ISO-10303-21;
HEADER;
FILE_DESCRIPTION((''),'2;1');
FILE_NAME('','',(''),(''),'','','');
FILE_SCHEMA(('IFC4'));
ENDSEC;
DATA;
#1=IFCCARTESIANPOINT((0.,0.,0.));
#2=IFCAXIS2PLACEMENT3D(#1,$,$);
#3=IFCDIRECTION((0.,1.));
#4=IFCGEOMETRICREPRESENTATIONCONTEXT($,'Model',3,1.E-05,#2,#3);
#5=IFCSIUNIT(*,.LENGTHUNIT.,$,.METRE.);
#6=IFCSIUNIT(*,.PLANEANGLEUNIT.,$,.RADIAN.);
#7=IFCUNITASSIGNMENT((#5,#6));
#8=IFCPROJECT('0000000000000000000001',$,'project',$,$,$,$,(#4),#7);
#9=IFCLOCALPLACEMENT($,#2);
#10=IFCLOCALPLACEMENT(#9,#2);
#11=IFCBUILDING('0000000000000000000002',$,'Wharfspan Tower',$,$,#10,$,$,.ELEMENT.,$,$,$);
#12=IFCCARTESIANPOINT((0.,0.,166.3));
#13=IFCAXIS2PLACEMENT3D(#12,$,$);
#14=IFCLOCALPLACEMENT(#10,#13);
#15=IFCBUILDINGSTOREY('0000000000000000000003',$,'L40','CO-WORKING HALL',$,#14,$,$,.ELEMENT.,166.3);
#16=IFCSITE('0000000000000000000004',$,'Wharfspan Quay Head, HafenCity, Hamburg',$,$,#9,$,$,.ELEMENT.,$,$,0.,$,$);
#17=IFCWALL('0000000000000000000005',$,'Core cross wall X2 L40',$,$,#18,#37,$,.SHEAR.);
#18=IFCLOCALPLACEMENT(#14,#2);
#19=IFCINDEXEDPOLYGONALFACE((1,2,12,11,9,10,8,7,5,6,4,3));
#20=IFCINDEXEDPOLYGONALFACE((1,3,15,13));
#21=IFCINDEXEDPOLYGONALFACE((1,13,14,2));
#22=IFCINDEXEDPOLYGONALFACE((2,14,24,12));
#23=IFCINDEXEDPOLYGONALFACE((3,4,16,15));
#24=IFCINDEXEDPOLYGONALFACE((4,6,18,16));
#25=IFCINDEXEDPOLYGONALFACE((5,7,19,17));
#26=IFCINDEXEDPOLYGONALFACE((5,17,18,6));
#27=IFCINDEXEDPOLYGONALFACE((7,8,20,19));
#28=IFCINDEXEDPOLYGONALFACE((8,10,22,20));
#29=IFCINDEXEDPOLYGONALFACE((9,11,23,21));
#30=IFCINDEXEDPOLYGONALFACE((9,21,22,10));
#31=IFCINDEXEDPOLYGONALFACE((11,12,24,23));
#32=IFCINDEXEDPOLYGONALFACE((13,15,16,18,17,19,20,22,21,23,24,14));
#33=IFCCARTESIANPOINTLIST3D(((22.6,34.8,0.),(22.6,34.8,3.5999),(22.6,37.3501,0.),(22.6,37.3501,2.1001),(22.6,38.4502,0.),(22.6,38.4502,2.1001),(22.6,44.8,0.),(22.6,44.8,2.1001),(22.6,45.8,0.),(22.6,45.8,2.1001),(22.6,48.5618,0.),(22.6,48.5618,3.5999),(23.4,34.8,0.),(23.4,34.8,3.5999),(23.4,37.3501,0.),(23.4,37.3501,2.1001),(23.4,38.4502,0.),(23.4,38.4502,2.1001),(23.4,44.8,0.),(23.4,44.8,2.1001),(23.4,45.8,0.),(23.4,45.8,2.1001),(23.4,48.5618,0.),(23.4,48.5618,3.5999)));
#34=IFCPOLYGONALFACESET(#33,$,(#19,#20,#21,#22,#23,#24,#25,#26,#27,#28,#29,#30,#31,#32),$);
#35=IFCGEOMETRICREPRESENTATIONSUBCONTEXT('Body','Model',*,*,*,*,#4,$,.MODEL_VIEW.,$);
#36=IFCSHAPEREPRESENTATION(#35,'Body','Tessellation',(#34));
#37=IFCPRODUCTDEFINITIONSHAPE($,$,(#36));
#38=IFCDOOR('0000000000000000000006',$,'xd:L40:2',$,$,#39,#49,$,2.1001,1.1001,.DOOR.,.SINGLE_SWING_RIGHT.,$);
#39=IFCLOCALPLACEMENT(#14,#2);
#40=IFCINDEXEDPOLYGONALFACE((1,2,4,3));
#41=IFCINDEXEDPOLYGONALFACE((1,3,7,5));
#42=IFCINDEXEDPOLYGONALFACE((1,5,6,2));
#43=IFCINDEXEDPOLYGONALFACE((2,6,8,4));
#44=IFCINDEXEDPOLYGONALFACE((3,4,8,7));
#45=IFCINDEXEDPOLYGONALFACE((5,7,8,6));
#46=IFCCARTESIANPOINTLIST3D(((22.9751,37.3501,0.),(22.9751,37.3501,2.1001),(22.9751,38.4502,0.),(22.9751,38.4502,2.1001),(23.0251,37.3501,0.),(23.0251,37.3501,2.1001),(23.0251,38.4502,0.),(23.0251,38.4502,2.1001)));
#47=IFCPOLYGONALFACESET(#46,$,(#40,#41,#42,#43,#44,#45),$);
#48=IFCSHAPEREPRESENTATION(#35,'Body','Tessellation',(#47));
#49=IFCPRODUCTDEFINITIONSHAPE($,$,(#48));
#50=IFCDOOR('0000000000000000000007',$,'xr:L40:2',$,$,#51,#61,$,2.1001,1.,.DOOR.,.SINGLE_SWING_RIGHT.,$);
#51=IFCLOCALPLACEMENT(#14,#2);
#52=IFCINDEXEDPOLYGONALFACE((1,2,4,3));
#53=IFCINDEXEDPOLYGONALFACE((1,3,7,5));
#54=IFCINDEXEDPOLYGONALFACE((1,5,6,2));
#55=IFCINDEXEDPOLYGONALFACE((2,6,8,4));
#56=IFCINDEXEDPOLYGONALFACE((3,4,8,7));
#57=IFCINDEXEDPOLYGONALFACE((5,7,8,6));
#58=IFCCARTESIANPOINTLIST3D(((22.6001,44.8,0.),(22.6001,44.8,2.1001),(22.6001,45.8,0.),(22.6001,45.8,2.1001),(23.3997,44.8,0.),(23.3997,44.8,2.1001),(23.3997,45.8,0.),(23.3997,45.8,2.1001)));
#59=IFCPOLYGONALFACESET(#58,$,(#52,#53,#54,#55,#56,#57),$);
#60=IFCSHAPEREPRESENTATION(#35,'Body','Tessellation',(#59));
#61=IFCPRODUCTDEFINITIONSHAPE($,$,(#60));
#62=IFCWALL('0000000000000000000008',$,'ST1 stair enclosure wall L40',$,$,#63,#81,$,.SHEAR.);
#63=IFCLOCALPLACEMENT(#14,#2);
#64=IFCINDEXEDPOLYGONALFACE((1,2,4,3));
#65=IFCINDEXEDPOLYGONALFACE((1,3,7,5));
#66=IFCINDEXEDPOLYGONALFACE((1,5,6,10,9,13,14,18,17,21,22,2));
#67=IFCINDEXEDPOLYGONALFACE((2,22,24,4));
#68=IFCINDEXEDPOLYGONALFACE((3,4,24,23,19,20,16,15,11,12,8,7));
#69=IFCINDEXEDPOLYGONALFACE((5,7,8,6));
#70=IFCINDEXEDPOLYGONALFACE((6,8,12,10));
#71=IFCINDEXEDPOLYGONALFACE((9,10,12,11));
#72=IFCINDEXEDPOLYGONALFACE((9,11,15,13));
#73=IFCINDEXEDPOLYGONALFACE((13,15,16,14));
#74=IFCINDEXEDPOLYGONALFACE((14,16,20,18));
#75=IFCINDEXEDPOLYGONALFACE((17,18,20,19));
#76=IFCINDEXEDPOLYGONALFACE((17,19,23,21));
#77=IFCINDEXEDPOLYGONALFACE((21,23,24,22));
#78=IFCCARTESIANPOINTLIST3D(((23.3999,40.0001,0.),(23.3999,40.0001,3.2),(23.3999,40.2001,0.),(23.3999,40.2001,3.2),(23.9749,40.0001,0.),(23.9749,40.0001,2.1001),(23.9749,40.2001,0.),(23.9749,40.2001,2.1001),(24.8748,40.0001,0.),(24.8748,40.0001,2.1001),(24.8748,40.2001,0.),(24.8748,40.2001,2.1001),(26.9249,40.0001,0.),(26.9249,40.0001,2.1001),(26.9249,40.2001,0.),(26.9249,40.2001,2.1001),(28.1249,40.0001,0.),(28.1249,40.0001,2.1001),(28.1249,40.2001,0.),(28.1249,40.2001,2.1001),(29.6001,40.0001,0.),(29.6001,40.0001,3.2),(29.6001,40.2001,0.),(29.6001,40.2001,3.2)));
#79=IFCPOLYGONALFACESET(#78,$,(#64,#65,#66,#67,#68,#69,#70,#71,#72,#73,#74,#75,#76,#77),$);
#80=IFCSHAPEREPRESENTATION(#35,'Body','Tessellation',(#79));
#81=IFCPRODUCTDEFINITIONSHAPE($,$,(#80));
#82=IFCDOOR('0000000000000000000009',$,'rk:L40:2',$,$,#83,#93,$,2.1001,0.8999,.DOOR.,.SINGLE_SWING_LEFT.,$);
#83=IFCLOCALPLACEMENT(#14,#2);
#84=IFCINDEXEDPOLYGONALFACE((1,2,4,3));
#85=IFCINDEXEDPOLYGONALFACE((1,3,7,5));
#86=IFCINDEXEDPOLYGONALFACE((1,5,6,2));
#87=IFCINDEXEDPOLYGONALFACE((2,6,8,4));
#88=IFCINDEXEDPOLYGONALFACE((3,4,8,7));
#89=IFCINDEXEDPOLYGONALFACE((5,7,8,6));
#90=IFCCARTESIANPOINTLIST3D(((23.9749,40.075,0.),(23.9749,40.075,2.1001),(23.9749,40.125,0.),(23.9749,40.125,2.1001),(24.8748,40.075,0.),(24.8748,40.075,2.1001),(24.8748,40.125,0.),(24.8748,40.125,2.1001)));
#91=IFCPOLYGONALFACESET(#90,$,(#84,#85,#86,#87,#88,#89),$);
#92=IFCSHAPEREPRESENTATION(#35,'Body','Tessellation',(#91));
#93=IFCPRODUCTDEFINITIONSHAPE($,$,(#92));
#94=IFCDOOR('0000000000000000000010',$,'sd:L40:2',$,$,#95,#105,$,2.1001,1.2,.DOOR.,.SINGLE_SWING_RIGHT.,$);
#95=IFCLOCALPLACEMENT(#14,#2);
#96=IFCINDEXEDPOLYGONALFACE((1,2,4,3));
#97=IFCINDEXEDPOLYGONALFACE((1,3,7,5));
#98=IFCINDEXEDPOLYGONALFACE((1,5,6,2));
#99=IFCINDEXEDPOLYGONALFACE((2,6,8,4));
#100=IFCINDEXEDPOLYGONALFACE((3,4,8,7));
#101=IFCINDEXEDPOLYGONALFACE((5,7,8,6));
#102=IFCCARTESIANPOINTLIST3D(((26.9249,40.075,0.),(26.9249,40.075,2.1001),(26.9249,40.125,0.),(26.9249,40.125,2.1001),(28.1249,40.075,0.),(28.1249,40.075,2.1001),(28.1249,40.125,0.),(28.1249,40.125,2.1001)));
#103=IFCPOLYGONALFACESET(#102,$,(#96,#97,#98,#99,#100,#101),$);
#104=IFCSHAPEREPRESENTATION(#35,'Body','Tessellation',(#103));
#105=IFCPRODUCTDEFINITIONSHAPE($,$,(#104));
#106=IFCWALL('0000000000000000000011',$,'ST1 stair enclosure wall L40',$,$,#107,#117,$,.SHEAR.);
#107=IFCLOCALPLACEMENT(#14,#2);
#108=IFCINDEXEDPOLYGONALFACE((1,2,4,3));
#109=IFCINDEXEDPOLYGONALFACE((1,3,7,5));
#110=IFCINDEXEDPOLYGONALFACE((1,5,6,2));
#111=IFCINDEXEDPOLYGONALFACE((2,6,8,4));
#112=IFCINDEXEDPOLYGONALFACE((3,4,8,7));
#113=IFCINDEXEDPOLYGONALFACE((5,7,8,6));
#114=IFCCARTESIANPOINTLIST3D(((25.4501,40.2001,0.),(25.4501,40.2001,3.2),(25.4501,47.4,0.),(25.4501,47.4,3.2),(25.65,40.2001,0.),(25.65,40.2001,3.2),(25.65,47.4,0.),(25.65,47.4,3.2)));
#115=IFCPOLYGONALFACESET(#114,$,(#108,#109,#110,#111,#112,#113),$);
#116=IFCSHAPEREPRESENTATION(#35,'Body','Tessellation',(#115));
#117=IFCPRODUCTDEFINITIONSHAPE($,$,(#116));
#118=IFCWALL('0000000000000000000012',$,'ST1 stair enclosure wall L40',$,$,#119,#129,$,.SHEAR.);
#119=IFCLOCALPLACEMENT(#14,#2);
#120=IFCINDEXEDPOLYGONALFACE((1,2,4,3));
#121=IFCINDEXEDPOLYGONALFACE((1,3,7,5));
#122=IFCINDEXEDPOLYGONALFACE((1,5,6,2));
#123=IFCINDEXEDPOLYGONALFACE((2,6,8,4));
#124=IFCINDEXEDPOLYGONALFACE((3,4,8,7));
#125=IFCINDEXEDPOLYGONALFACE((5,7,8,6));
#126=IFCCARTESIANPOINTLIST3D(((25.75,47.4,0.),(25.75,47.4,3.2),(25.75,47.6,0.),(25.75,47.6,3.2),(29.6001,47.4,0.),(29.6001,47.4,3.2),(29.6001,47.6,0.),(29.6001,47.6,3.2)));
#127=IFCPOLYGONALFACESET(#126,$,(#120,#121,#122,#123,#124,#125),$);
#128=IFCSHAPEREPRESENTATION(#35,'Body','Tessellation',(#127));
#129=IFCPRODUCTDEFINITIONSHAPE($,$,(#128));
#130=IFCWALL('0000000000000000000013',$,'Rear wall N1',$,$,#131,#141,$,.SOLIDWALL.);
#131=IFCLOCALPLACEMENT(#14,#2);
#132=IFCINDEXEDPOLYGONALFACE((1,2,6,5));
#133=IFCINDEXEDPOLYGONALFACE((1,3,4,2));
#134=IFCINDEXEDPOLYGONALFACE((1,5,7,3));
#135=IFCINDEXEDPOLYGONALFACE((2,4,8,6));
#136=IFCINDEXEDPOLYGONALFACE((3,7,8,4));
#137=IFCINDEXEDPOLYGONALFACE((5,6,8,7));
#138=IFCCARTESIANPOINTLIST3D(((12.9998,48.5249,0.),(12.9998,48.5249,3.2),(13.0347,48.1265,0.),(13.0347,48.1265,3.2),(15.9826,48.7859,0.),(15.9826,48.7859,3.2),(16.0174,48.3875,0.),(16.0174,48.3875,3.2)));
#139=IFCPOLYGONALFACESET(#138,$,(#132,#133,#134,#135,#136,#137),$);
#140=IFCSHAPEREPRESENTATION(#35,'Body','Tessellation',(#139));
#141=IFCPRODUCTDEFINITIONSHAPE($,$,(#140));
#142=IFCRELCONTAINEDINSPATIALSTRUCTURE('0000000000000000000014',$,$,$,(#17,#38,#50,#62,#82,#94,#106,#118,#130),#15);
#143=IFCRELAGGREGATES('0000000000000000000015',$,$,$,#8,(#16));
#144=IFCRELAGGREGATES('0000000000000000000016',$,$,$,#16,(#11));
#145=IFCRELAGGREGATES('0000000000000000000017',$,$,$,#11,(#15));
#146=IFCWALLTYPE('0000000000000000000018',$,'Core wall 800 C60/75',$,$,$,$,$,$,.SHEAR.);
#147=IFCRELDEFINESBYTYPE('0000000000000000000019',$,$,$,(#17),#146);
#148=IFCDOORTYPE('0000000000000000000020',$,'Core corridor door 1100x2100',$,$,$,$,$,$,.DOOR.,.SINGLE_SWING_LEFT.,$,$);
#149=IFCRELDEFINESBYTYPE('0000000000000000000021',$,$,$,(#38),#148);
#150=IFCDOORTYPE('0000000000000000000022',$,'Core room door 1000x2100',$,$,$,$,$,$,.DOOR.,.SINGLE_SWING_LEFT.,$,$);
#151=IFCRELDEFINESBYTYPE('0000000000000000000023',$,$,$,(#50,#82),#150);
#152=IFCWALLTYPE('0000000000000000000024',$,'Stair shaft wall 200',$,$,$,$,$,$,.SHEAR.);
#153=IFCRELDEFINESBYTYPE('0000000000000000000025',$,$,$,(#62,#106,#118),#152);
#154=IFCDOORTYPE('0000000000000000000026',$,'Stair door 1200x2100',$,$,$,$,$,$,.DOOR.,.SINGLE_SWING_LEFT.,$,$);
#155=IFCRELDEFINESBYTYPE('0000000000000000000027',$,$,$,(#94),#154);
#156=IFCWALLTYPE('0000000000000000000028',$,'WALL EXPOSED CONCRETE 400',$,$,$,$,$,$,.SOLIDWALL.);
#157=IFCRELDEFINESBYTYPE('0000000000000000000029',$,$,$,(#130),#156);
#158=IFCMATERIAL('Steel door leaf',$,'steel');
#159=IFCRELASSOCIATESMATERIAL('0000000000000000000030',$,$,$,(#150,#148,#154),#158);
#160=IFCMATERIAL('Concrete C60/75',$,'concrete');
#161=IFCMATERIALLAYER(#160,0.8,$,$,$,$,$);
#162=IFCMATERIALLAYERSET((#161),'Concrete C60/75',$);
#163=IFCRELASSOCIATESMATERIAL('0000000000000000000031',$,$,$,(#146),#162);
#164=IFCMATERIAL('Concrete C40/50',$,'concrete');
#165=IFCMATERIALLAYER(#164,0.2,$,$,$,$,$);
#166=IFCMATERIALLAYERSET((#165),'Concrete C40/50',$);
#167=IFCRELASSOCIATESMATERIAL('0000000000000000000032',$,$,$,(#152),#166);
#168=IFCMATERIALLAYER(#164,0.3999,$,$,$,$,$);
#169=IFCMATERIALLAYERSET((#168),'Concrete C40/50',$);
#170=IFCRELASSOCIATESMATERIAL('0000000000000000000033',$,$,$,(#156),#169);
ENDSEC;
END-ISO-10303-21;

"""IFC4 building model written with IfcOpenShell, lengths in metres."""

from ifc_helpers import new_model, si_unit, direction, frame, frame_2d, origin, place, context, subcontext, project, spatial, rectangle, extrude, material, layer, layer_set, type_object, element, fill, save


model = new_model("IFC4")

# Units and contexts
model_context = context("Model", 3, precision=1e-05, world=origin(), true_north=direction((0.0, 1.0)))
body_context = subcontext(model_context, "Body", "Model", "MODEL_VIEW")
ifc_project = project(units=[si_unit("LENGTHUNIT", "METRE"), si_unit("PLANEANGLEUNIT", "RADIAN")], contexts=[model_context])

# Site, building, storey
site_placement = place(None, origin())
site = spatial("IfcSite", under=ifc_project, at=site_placement, Name="Wharfspan Quay Head, HafenCity, Hamburg", CompositionType="ELEMENT", RefElevation=0.0)
building_placement = place(site_placement, origin())
building = spatial("IfcBuilding", under=site, at=building_placement, Name="Wharfspan Tower", CompositionType="ELEMENT")
storey_placement = place(building_placement, frame((0.0, 0.0, 166.3)))
storey = spatial("IfcBuildingStorey", under=building, at=storey_placement, Name="L40", Description="CO-WORKING HALL", CompositionType="ELEMENT", Elevation=166.3)

# Shared definitions
ifc_material_1 = material(Name="Steel door leaf", Category="steel")
door_type_1 = type_object("IfcDoorType", Name="Core room door 1000x2100", OperationType="SINGLE_SWING_LEFT", PredefinedType="DOOR", material=ifc_material_1)

# Shared definitions
ifc_material_2 = material(Name="Concrete C60/75", Category="concrete")
ifc_layer_1 = layer(ifc_material_2, 0.8)
ifc_layer_set_1 = layer_set([ifc_layer_1], Name="Concrete C60/75")
wall_type_1 = type_object("IfcWallType", Name="Core wall 800 C60/75", PredefinedType="SHEAR", material=ifc_layer_set_1)

# Walls, openings, doors
wall_1_placement = place(storey_placement, frame((23.0, 34.8, 0.0), z_axis=(0.0, 0.0, 1.0), x_axis=(0.0, 1.0, 0.0)))
wall_1 = element("IfcWall", 1, at=wall_1_placement, inside=storey, type_object=wall_type_1, Name="Core cross wall X2 L40", PredefinedType="SHEAR", context=body_context, shape_type="SweptSolid", body=[
    extrude(rectangle(XDim=13.7617, YDim=0.8, at=frame_2d((6.8809, 0.0))), origin(), (0.0, 0.0, 1.0), 3.5999),
])
opening_1_placement = place(wall_1_placement, frame((2.55, 0.0, 0.0)))
opening_1 = element("IfcOpeningElement", 2, at=opening_1_placement, cuts=wall_1, PredefinedType="OPENING", context=body_context, shape_type="SweptSolid", body=[
    extrude(rectangle(XDim=1.1001, YDim=2.1001, at=frame_2d((0.55, 1.05))), frame((0.0, 0.4099, 0.0), z_axis=(0.0, -1.0, 0.0), x_axis=(1.0, 0.0, 0.0)), (0.0, 0.0, 1.0), 0.8201),
])
opening_2_placement = place(wall_1_placement, frame((10.0, 0.0, 0.0)))
opening_2 = element("IfcOpeningElement", 3, at=opening_2_placement, cuts=wall_1, PredefinedType="OPENING", context=body_context, shape_type="SweptSolid", body=[
    extrude(rectangle(XDim=1.0, YDim=2.1001, at=frame_2d((0.5, 1.05))), frame((0.0, 0.4099, 0.0), z_axis=(0.0, -1.0, 0.0), x_axis=(1.0, 0.0, 0.0)), (0.0, 0.0, 1.0), 0.8201),
])
door_type_2 = type_object("IfcDoorType", Name="Core corridor door 1100x2100", OperationType="SINGLE_SWING_LEFT", PredefinedType="DOOR", material=ifc_material_1)
door_1_placement = place(opening_1_placement, origin())
door_1 = element("IfcDoor", 4, at=door_1_placement, inside=storey, type_object=door_type_2, Name="xd:L40:2", OperationType="SINGLE_SWING_RIGHT", OverallHeight=2.1001, OverallWidth=1.1001, PredefinedType="DOOR", context=body_context, shape_type="SweptSolid", body=[
    extrude(rectangle(XDim=1.1001, YDim=2.1001, at=frame_2d((0.55, 1.05))), frame((0.0, 0.0249, 0.0), z_axis=(0.0, -1.0, 0.0), x_axis=(1.0, 0.0, 0.0)), (0.0, 0.0, 1.0), 0.05),
])
fill(opening_1, door_1)
door_2_placement = place(opening_2_placement, origin())
door_2 = element("IfcDoor", 5, at=door_2_placement, inside=storey, type_object=door_type_1, Name="xr:L40:2", OperationType="SINGLE_SWING_RIGHT", OverallHeight=2.1001, OverallWidth=1.0, PredefinedType="DOOR", context=body_context, shape_type="SweptSolid", body=[
    extrude(rectangle(XDim=1.0, YDim=2.1001, at=frame_2d((0.5, 1.05))), frame((0.0, 0.3999, 0.0), z_axis=(0.0, -1.0, 0.0), x_axis=(1.0, 0.0, 0.0)), (0.0, 0.0, 1.0), 0.7996),
])
fill(opening_2, door_2)
ifc_material_3 = material(Name="Concrete C40/50", Category="concrete")
ifc_layer_2 = layer(ifc_material_3, 0.2)
ifc_layer_set_2 = layer_set([ifc_layer_2], Name="Concrete C40/50")
wall_type_2 = type_object("IfcWallType", Name="Stair shaft wall 200", PredefinedType="SHEAR", material=ifc_layer_set_2)
wall_2_placement = place(storey_placement, frame((23.3999, 40.1001, 0.0), z_axis=(0.0, 0.0, 1.0), x_axis=(1.0, 0.0, 0.0)))
wall_2 = element("IfcWall", 6, at=wall_2_placement, inside=storey, type_object=wall_type_2, Name="ST1 stair enclosure wall L40", PredefinedType="SHEAR", context=body_context, shape_type="SweptSolid", body=[
    extrude(rectangle(XDim=6.2002, YDim=0.2, at=frame_2d((3.1001, 0.0))), origin(), (0.0, 0.0, 1.0), 3.2),
])
opening_3_placement = place(wall_2_placement, frame((3.5249, 0.0, 0.0)))
opening_3 = element("IfcOpeningElement", 7, at=opening_3_placement, cuts=wall_2, PredefinedType="OPENING", context=body_context, shape_type="SweptSolid", body=[
    extrude(rectangle(XDim=1.2, YDim=2.1001, at=frame_2d((0.6001, 1.05))), frame((0.0, 0.1099, 0.0), z_axis=(0.0, -1.0, 0.0), x_axis=(1.0, 0.0, 0.0)), (0.0, 0.0, 1.0), 0.22),
])
opening_4_placement = place(wall_2_placement, frame((0.575, 0.0, 0.0)))
opening_4 = element("IfcOpeningElement", 8, at=opening_4_placement, cuts=wall_2, PredefinedType="OPENING", context=body_context, shape_type="SweptSolid", body=[
    extrude(rectangle(XDim=0.8999, YDim=2.1001, at=frame_2d((0.45, 1.05))), frame((0.0, 0.1099, 0.0), z_axis=(0.0, -1.0, 0.0), x_axis=(1.0, 0.0, 0.0)), (0.0, 0.0, 1.0), 0.22),
])
door_3_placement = place(opening_4_placement, origin())
door_3 = element("IfcDoor", 9, at=door_3_placement, inside=storey, type_object=door_type_1, Name="rk:L40:2", OperationType="SINGLE_SWING_LEFT", OverallHeight=2.1001, OverallWidth=0.8999, PredefinedType="DOOR", context=body_context, shape_type="SweptSolid", body=[
    extrude(rectangle(XDim=0.8999, YDim=2.1001, at=frame_2d((0.45, 1.05))), frame((0.0, 0.0249, 0.0), z_axis=(0.0, -1.0, 0.0), x_axis=(1.0, 0.0, 0.0)), (0.0, 0.0, 1.0), 0.05),
])
fill(opening_4, door_3)
door_type_3 = type_object("IfcDoorType", Name="Stair door 1200x2100", OperationType="SINGLE_SWING_LEFT", PredefinedType="DOOR", material=ifc_material_1)
door_4_placement = place(opening_3_placement, origin())
door_4 = element("IfcDoor", 10, at=door_4_placement, inside=storey, type_object=door_type_3, Name="sd:L40:2", OperationType="SINGLE_SWING_RIGHT", OverallHeight=2.1001, OverallWidth=1.2, PredefinedType="DOOR", context=body_context, shape_type="SweptSolid", body=[
    extrude(rectangle(XDim=1.2, YDim=2.1001, at=frame_2d((0.6001, 1.05))), frame((0.0, 0.0249, 0.0), z_axis=(0.0, -1.0, 0.0), x_axis=(1.0, 0.0, 0.0)), (0.0, 0.0, 1.0), 0.05),
])
fill(opening_3, door_4)

# Walls
wall_3_placement = place(storey_placement, frame((25.55, 40.2, 0.0), z_axis=(0.0, 0.0, 1.0), x_axis=(0.0, 1.0, 0.0)))
element("IfcWall", 11, at=wall_3_placement, inside=storey, type_object=wall_type_2, Name="ST1 stair enclosure wall L40", PredefinedType="SHEAR", context=body_context, shape_type="SweptSolid", body=[
    extrude(rectangle(XDim=7.2, YDim=0.2, at=frame_2d((3.6001, 0.0))), origin(), (0.0, 0.0, 1.0), 3.2),
])
wall_4_placement = place(storey_placement, frame((25.75, 47.5, 0.0), z_axis=(0.0, 0.0, 1.0), x_axis=(1.0, 0.0, 0.0)))
element("IfcWall", 12, at=wall_4_placement, inside=storey, type_object=wall_type_2, Name="ST1 stair enclosure wall L40", PredefinedType="SHEAR", context=body_context, shape_type="SweptSolid", body=[
    extrude(rectangle(XDim=3.8501, YDim=0.2, at=frame_2d((1.925, 0.0))), origin(), (0.0, 0.0, 1.0), 3.2),
])
ifc_layer_3 = layer(ifc_material_3, 0.3999)
ifc_layer_set_3 = layer_set([ifc_layer_3], Name="Concrete C40/50")
wall_type_3 = type_object("IfcWallType", Name="WALL EXPOSED CONCRETE 400", PredefinedType="SOLIDWALL", material=ifc_layer_set_3)
wall_5_placement = place(storey_placement, frame((16.0, 48.5867, 0.0), z_axis=(0.0, 0.0, 1.0), x_axis=(-0.996194, -0.087168, 0.0)))
element("IfcWall", 13, at=wall_5_placement, inside=storey, type_object=wall_type_3, Name="Rear wall N1", PredefinedType="SOLIDWALL", context=body_context, shape_type="SweptSolid", body=[
    extrude(rectangle(XDim=2.9941, YDim=0.3999, at=frame_2d((1.4971, 0.0))), origin(), (0.0, 0.0, 1.0), 3.2),
])

save(model, "model.ifc")
